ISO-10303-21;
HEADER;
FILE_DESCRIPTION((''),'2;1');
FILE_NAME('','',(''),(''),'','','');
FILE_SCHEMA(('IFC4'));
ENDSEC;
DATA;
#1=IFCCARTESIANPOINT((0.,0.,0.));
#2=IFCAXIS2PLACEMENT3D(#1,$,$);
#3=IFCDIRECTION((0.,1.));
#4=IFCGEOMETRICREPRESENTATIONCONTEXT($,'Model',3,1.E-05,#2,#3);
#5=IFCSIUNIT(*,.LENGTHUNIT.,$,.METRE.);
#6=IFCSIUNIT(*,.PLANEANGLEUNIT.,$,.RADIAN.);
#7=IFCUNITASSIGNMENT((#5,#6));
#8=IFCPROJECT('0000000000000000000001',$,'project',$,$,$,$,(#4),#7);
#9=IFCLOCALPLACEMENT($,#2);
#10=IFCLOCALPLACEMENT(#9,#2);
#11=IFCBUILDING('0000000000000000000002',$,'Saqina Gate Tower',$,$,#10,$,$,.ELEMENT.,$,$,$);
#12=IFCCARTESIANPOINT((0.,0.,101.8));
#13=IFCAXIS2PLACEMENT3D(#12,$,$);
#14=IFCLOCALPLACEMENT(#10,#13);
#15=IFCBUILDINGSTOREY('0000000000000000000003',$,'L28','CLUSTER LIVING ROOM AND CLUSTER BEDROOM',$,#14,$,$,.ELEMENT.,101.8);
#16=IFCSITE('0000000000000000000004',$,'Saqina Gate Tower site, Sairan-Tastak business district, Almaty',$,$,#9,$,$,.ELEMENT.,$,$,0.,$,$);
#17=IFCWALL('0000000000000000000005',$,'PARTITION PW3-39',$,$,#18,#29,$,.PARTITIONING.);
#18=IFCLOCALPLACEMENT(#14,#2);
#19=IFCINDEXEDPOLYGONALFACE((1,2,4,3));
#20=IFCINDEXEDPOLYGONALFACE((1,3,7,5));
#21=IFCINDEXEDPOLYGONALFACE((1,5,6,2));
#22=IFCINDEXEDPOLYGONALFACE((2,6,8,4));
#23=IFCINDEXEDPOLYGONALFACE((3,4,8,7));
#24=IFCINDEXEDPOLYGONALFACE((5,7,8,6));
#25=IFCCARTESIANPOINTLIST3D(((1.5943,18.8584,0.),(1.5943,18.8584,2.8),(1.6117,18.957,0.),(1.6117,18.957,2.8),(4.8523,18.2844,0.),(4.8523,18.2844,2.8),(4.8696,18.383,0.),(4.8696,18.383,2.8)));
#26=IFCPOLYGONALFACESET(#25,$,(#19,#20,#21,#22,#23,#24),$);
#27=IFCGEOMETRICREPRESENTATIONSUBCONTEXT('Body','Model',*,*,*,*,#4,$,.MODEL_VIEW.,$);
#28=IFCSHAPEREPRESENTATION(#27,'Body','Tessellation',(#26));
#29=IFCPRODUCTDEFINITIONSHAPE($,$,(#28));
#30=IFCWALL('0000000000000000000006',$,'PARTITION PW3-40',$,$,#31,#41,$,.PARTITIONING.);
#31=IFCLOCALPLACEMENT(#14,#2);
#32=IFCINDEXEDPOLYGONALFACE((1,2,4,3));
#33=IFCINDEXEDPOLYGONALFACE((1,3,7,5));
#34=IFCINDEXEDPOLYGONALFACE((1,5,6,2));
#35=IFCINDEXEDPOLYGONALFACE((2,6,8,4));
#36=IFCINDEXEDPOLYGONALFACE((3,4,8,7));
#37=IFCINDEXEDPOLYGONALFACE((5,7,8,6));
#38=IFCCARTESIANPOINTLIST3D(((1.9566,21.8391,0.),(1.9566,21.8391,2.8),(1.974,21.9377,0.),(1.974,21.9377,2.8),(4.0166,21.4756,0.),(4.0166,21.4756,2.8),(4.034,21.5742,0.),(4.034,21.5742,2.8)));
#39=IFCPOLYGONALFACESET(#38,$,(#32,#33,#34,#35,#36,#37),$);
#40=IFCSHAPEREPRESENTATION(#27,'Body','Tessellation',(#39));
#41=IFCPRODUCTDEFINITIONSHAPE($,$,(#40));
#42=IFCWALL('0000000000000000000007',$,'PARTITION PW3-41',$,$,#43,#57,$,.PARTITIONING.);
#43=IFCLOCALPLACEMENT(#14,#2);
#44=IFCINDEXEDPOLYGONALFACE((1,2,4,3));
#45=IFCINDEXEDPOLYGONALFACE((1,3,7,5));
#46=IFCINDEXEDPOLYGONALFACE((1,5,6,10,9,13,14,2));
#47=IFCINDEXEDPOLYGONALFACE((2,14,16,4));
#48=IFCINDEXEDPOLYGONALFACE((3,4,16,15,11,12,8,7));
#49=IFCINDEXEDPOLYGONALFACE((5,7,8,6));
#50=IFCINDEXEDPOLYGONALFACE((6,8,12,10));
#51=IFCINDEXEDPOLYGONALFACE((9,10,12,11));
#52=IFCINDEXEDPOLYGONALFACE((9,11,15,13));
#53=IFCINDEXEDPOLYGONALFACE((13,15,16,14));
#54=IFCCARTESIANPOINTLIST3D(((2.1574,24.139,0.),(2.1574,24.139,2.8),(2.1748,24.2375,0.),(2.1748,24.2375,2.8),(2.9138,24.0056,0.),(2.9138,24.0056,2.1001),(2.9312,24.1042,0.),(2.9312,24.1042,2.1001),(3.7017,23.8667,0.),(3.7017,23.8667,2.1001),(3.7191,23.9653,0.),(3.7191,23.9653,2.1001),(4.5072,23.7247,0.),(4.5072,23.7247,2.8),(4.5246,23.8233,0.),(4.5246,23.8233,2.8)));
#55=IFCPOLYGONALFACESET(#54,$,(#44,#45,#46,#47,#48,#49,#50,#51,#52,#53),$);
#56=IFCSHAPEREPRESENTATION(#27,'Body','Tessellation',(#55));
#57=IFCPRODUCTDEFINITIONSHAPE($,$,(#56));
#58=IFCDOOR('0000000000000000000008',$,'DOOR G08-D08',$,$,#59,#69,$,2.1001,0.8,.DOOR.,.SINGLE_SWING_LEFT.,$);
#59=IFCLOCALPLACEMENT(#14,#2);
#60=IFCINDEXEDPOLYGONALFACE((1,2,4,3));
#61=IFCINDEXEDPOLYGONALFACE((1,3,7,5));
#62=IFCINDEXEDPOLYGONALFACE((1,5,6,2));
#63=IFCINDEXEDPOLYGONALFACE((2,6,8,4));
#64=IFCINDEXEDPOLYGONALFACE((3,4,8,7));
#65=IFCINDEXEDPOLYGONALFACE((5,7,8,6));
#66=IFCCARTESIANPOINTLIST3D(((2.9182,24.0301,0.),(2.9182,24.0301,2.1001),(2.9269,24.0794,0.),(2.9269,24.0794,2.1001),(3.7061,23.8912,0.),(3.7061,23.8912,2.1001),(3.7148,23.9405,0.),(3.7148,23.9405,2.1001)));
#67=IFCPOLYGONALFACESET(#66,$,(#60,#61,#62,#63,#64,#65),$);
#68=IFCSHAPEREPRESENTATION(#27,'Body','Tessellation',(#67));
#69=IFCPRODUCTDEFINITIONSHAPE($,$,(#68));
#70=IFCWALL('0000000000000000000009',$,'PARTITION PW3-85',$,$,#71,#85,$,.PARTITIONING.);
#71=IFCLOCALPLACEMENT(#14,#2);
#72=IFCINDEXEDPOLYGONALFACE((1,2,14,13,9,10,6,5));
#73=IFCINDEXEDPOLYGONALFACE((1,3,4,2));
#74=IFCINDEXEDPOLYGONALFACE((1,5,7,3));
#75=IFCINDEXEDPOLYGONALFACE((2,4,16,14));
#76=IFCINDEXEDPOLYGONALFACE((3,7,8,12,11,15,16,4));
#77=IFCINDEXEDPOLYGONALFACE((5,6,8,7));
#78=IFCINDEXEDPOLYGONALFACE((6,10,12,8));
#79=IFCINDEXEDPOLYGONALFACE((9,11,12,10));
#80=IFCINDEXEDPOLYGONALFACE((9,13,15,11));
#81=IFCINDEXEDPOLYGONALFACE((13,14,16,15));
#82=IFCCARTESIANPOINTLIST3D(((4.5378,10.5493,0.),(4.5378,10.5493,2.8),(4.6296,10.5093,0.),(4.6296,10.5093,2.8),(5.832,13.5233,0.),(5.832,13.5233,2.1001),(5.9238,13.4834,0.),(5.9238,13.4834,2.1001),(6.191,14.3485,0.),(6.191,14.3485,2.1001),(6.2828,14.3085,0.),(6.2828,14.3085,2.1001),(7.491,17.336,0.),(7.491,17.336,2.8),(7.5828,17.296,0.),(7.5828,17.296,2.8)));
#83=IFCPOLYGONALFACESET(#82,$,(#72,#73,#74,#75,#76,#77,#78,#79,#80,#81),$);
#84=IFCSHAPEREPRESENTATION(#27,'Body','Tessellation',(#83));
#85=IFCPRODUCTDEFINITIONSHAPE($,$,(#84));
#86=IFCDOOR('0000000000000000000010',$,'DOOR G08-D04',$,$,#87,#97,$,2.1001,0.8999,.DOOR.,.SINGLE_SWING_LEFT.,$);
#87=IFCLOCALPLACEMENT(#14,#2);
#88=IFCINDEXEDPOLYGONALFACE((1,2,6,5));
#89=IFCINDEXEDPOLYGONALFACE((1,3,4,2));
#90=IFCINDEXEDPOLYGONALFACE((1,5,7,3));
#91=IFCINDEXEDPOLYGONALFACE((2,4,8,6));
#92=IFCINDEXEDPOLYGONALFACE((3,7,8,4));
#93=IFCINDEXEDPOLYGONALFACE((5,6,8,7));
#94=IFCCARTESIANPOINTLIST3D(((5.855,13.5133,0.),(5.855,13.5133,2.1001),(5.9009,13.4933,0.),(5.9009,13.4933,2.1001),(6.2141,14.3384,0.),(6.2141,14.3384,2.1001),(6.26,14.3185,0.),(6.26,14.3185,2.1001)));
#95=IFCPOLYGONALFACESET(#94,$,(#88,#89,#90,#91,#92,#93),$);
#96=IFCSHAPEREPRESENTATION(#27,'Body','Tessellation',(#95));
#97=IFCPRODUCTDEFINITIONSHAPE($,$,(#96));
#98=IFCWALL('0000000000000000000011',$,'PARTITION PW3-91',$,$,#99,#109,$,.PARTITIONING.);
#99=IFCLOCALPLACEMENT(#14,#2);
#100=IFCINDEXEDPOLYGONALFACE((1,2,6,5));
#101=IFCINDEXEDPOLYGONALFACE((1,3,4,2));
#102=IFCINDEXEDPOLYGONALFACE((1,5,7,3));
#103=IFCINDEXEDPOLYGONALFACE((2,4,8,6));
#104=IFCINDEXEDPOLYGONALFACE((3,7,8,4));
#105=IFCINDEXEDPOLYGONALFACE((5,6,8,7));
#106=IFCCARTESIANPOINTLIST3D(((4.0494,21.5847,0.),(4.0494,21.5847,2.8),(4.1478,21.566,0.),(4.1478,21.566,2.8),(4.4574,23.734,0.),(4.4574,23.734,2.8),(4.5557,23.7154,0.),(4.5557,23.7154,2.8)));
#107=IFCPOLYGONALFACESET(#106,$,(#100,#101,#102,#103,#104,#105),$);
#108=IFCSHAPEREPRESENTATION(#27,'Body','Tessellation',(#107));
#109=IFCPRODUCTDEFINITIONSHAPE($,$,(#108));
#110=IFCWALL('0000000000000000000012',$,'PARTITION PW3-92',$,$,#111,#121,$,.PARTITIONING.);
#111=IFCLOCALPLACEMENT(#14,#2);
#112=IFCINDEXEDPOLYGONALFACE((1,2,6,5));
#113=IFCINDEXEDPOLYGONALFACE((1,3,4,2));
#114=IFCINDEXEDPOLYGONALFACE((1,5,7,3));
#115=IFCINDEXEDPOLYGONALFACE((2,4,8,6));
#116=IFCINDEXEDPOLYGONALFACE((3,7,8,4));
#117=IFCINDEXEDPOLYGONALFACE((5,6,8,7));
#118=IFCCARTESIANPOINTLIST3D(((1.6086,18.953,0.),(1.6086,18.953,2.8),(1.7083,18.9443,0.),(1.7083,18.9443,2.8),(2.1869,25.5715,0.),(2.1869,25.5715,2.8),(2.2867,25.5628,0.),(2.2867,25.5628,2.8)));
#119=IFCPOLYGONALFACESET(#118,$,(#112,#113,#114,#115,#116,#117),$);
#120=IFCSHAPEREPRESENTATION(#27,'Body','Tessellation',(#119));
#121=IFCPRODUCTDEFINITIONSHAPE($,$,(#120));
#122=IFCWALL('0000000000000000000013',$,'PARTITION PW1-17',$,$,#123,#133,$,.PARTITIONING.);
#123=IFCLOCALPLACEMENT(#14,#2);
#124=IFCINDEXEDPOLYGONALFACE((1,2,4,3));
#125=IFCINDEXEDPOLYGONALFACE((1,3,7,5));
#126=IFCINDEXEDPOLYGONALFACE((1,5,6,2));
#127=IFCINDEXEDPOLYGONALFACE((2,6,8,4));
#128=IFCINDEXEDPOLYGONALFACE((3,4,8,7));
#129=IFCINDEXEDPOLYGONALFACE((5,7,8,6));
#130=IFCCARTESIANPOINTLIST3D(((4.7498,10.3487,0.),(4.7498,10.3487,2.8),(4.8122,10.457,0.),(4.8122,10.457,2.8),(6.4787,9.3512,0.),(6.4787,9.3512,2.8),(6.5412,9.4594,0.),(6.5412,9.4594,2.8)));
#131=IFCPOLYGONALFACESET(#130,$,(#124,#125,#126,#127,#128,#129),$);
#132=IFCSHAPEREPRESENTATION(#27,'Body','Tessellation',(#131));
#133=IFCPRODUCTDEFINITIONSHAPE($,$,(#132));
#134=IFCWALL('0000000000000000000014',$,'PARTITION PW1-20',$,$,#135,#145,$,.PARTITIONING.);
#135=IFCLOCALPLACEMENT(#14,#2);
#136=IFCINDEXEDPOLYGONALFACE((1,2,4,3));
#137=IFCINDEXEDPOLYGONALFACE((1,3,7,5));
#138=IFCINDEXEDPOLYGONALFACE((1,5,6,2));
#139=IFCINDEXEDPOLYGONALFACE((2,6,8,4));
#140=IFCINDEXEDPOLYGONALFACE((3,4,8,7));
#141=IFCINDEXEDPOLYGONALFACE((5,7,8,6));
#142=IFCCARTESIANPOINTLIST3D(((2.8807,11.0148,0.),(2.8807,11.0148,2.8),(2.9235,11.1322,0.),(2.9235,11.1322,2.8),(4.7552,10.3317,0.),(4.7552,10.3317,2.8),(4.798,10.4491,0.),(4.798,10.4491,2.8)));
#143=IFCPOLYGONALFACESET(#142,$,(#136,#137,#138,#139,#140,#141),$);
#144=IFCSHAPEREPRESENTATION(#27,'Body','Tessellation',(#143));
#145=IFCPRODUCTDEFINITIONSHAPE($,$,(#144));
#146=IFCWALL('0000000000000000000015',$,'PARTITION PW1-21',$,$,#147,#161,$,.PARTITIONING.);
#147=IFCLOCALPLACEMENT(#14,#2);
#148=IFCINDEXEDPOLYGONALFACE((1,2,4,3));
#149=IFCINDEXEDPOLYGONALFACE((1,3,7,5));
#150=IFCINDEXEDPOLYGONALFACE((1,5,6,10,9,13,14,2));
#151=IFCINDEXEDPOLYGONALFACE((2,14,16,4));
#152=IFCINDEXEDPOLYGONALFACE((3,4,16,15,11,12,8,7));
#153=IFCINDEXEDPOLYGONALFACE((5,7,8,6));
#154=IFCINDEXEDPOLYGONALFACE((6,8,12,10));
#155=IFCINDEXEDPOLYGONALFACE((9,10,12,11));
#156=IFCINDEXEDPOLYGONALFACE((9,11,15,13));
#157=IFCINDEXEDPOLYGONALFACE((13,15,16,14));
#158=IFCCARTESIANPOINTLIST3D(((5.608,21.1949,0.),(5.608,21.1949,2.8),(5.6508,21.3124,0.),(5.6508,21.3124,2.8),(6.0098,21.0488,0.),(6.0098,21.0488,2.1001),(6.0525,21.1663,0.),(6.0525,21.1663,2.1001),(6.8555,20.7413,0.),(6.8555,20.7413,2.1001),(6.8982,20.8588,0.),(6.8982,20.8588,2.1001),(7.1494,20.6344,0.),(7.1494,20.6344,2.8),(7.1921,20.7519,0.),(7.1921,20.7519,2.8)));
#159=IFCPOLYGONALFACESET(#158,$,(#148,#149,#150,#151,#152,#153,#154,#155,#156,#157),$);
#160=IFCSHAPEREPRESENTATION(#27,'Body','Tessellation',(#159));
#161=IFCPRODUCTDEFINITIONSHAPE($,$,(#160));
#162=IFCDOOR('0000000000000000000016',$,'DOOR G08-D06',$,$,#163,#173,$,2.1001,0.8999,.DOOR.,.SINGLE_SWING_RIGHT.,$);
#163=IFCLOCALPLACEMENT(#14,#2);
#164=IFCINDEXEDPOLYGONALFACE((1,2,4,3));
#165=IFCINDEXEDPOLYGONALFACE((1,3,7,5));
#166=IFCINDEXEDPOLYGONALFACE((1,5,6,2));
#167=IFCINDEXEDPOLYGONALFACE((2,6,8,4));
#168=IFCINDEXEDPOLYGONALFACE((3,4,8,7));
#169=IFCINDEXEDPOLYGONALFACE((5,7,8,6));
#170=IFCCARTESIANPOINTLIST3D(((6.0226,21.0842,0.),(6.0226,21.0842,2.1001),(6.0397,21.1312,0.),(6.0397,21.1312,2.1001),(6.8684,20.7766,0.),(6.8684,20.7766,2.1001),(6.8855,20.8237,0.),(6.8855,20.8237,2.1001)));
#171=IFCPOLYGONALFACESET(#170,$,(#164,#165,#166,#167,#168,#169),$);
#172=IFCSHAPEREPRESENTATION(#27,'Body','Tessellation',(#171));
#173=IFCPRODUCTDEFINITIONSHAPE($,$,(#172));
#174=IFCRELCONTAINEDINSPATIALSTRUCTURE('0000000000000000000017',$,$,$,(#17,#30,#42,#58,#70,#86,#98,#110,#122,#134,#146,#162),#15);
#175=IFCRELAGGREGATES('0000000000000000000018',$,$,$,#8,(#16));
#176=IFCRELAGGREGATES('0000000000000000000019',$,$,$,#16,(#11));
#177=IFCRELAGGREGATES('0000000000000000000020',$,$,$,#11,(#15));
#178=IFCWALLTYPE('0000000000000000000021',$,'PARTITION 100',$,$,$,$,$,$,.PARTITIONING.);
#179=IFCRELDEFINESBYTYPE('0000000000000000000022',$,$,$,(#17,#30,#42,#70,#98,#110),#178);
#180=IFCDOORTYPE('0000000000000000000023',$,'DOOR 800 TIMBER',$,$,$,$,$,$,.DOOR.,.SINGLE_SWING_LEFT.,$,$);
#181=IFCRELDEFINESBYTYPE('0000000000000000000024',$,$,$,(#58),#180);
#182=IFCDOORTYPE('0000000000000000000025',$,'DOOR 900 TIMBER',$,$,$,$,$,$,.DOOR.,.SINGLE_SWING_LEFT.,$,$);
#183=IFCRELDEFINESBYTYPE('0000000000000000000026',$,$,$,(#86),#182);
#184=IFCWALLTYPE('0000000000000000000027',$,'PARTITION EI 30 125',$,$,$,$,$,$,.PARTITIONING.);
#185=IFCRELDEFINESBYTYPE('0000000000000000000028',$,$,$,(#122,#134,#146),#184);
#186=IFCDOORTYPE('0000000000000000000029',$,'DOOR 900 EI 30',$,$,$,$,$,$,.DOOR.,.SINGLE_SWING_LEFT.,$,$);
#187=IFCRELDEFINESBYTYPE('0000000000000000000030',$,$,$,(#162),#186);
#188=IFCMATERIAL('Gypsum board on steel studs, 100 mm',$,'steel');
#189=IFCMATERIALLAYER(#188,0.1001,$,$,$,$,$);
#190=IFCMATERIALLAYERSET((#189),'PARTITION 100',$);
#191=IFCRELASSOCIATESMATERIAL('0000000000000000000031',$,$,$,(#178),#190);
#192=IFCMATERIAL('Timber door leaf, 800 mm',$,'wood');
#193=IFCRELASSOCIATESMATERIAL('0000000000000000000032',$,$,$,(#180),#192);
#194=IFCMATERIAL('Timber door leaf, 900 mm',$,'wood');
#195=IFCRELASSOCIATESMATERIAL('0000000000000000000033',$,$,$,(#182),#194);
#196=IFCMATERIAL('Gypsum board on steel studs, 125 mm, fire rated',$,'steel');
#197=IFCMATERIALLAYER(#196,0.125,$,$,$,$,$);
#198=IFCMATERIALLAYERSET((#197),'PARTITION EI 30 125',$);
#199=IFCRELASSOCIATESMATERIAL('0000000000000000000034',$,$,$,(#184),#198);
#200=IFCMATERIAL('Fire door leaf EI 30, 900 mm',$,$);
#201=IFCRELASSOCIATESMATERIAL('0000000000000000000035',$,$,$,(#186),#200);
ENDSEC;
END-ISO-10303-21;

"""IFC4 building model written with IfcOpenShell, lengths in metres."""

from ifc_helpers import new_model, si_unit, direction, frame, frame_2d, origin, place, context, subcontext, project, spatial, rectangle, extrude, material, layer, layer_set, type_object, element, fill, save


model = new_model("IFC4")

# Units and contexts
model_context = context("Model", 3, precision=1e-05, world=origin(), true_north=direction((0.0, 1.0)))
body_context = subcontext(model_context, "Body", "Model", "MODEL_VIEW")
ifc_project = project(units=[si_unit("LENGTHUNIT", "METRE"), si_unit("PLANEANGLEUNIT", "RADIAN")], contexts=[model_context])

# Site, building, storey
site_placement = place(None, origin())
site = spatial("IfcSite", under=ifc_project, at=site_placement, Name="Saqina Gate Tower site, Sairan-Tastak business district, Almaty", CompositionType="ELEMENT", RefElevation=0.0)
building_placement = place(site_placement, origin())
building = spatial("IfcBuilding", under=site, at=building_placement, Name="Saqina Gate Tower", CompositionType="ELEMENT")
storey_placement = place(building_placement, frame((0.0, 0.0, 101.8)))
storey = spatial("IfcBuildingStorey", under=building, at=storey_placement, Name="L28", Description="CLUSTER LIVING ROOM AND CLUSTER BEDROOM", CompositionType="ELEMENT", Elevation=101.8)

# Walls
ifc_material_1 = material(Name="Gypsum board on steel studs, 100 mm", Category="steel")
ifc_layer_1 = layer(ifc_material_1, 0.1001)
ifc_layer_set_1 = layer_set([ifc_layer_1], Name="PARTITION 100")
wall_type_1 = type_object("IfcWallType", Name="PARTITION 100", PredefinedType="PARTITIONING", material=ifc_layer_set_1)
wall_1_placement = place(storey_placement, frame((1.603, 18.9077, 0.0), z_axis=(0.0, 0.0, 1.0), x_axis=(0.984832, -0.173512, 0.0)))
element("IfcWall", 1, at=wall_1_placement, inside=storey, type_object=wall_type_1, Name="PARTITION PW3-39", PredefinedType="PARTITIONING", context=body_context, shape_type="SweptSolid", body=[
    extrude(rectangle(XDim=3.3081, YDim=0.1001, at=frame_2d((1.6541, 0.0))), origin(), (0.0, 0.0, 1.0), 2.8),
])
wall_2_placement = place(storey_placement, frame((1.9653, 21.8884, 0.0), z_axis=(0.0, 0.0, 1.0), x_axis=(0.984785, -0.173779, 0.0)))
element("IfcWall", 2, at=wall_2_placement, inside=storey, type_object=wall_type_1, Name="PARTITION PW3-40", PredefinedType="PARTITIONING", context=body_context, shape_type="SweptSolid", body=[
    extrude(rectangle(XDim=2.0918, YDim=0.1001, at=frame_2d((1.0459, 0.0))), origin(), (0.0, 0.0, 1.0), 2.8),
])

# Walls, openings, doors
wall_3_placement = place(storey_placement, frame((2.1663, 24.1882, 0.0), z_axis=(0.0, 0.0, 1.0), x_axis=(0.98481, -0.173634, 0.0)))
wall_3 = element("IfcWall", 3, at=wall_3_placement, inside=storey, type_object=wall_type_1, Name="PARTITION PW3-41", PredefinedType="PARTITIONING", context=body_context, shape_type="SweptSolid", body=[
    extrude(rectangle(XDim=2.386, YDim=0.1001, at=frame_2d((1.1929, 0.0))), origin(), (0.0, 0.0, 1.0), 2.8),
])
opening_1_placement = place(wall_3_placement, frame((0.7681, 0.0, 0.0)))
opening_1 = element("IfcOpeningElement", 4, at=opening_1_placement, cuts=wall_3, PredefinedType="OPENING", context=body_context, shape_type="SweptSolid", body=[
    extrude(rectangle(XDim=0.8, YDim=2.1001, at=frame_2d((0.3999, 1.05))), frame((0.0, 0.062, 0.0), z_axis=(0.0, -1.0, 0.0), x_axis=(1.0, 0.0, 0.0)), (0.0, 0.0, 1.0), 0.124),
])
ifc_material_2 = material(Name="Timber door leaf, 800 mm", Category="wood")
door_type_1 = type_object("IfcDoorType", Name="DOOR 800 TIMBER", OperationType="SINGLE_SWING_LEFT", PredefinedType="DOOR", material=ifc_material_2)
door_1_placement = place(opening_1_placement, origin())
door_1 = element("IfcDoor", 5, at=door_1_placement, inside=storey, type_object=door_type_1, Name="DOOR G08-D08", OperationType="SINGLE_SWING_LEFT", OverallHeight=2.1001, OverallWidth=0.8, PredefinedType="DOOR", context=body_context, shape_type="SweptSolid", body=[
    extrude(rectangle(XDim=0.8, YDim=2.1001, at=frame_2d((0.3999, 1.05))), frame((0.0, 0.0249, 0.0), z_axis=(0.0, -1.0, 0.0), x_axis=(1.0, 0.0, 0.0)), (0.0, 0.0, 1.0), 0.05),
])
fill(opening_1, door_1)
wall_4_placement = place(storey_placement, frame((4.5837, 10.5293, 0.0), z_axis=(0.0, 0.0, 1.0), x_axis=(0.399001, 0.91695, 0.0)))
wall_4 = element("IfcWall", 6, at=wall_4_placement, inside=storey, type_object=wall_type_1, Name="PARTITION PW3-85", PredefinedType="PARTITIONING", context=body_context, shape_type="SweptSolid", body=[
    extrude(rectangle(XDim=7.4014, YDim=0.1001, at=frame_2d((3.7007, 0.0))), origin(), (0.0, 0.0, 1.0), 2.8),
])
opening_2_placement = place(wall_4_placement, frame((3.2434, 0.0, 0.0)))
opening_2 = element("IfcOpeningElement", 7, at=opening_2_placement, cuts=wall_4, PredefinedType="OPENING", context=body_context, shape_type="SweptSolid", body=[
    extrude(rectangle(XDim=0.8999, YDim=2.1001, at=frame_2d((0.45, 1.05))), frame((0.0, 0.062, 0.0), z_axis=(0.0, -1.0, 0.0), x_axis=(1.0, 0.0, 0.0)), (0.0, 0.0, 1.0), 0.124),
])
ifc_material_3 = material(Name="Timber door leaf, 900 mm", Category="wood")
door_type_2 = type_object("IfcDoorType", Name="DOOR 900 TIMBER", OperationType="SINGLE_SWING_LEFT", PredefinedType="DOOR", material=ifc_material_3)
door_2_placement = place(opening_2_placement, origin())
door_2 = element("IfcDoor", 8, at=door_2_placement, inside=storey, type_object=door_type_2, Name="DOOR G08-D04", OperationType="SINGLE_SWING_LEFT", OverallHeight=2.1001, OverallWidth=0.8999, PredefinedType="DOOR", context=body_context, shape_type="SweptSolid", body=[
    extrude(rectangle(XDim=0.8999, YDim=2.1001, at=frame_2d((0.45, 1.05))), frame((0.0, 0.0249, 0.0), z_axis=(0.0, -1.0, 0.0), x_axis=(1.0, 0.0, 0.0)), (0.0, 0.0, 1.0), 0.05),
])
fill(opening_2, door_2)

# Walls
wall_5_placement = place(storey_placement, frame((4.0986, 21.5754, 0.0), z_axis=(0.0, 0.0, 1.0), x_axis=(0.186471, 0.98246, 0.0)))
element("IfcWall", 9, at=wall_5_placement, inside=storey, type_object=wall_type_1, Name="PARTITION PW3-91", PredefinedType="PARTITIONING", context=body_context, shape_type="SweptSolid", body=[
    extrude(rectangle(XDim=2.1877, YDim=0.1001, at=frame_2d((1.0938, 0.0))), origin(), (0.0, 0.0, 1.0), 2.8),
])
wall_6_placement = place(storey_placement, frame((1.6584, 18.9487, 0.0), z_axis=(0.0, 0.0, 1.0), x_axis=(0.087053, 0.996204, 0.0)))
element("IfcWall", 10, at=wall_6_placement, inside=storey, type_object=wall_type_1, Name="PARTITION PW3-92", PredefinedType="PARTITIONING", context=body_context, shape_type="SweptSolid", body=[
    extrude(rectangle(XDim=6.6438, YDim=0.1001, at=frame_2d((3.3218, 0.0))), origin(), (0.0, 0.0, 1.0), 2.8),
])
ifc_material_4 = material(Name="Gypsum board on steel studs, 125 mm, fire rated", Category="steel")
ifc_layer_2 = layer(ifc_material_4, 0.125)
ifc_layer_set_2 = layer_set([ifc_layer_2], Name="PARTITION EI 30 125")
wall_type_2 = type_object("IfcWallType", Name="PARTITION EI 30 125", PredefinedType="PARTITIONING", material=ifc_layer_set_2)
wall_7_placement = place(storey_placement, frame((4.781, 10.4028, 0.0), z_axis=(0.0, 0.0, 1.0), x_axis=(0.866173, -0.499744, 0.0)))
element("IfcWall", 11, at=wall_7_placement, inside=storey, type_object=wall_type_2, Name="PARTITION PW1-17", PredefinedType="PARTITIONING", context=body_context, shape_type="SweptSolid", body=[
    extrude(rectangle(XDim=1.9961, YDim=0.125, at=frame_2d((0.998, 0.0))), origin(), (0.0, 0.0, 1.0), 2.8),
])
wall_8_placement = place(storey_placement, frame((2.9021, 11.0735, 0.0), z_axis=(0.0, 0.0, 1.0), x_axis=(0.939557, -0.342391, 0.0)))
element("IfcWall", 12, at=wall_8_placement, inside=storey, type_object=wall_type_2, Name="PARTITION PW1-20", PredefinedType="PARTITIONING", context=body_context, shape_type="SweptSolid", body=[
    extrude(rectangle(XDim=1.9951, YDim=0.125, at=frame_2d((0.9976, 0.0))), origin(), (0.0, 0.0, 1.0), 2.8),
])

# Wall, opening, door
wall_9_placement = place(storey_placement, frame((5.6294, 21.2537, 0.0), z_axis=(0.0, 0.0, 1.0), x_axis=(0.939793, -0.341743, 0.0)))
wall_9 = element("IfcWall", 13, at=wall_9_placement, inside=storey, type_object=wall_type_2, Name="PARTITION PW1-21", PredefinedType="PARTITIONING", context=body_context, shape_type="SweptSolid", body=[
    extrude(rectangle(XDim=1.6401, YDim=0.125, at=frame_2d((0.8201, 0.0))), origin(), (0.0, 0.0, 1.0), 2.8),
])
opening_3_placement = place(wall_9_placement, frame((0.4275, 0.0, 0.0)))
opening_3 = element("IfcOpeningElement", 14, at=opening_3_placement, cuts=wall_9, PredefinedType="OPENING", context=body_context, shape_type="SweptSolid", body=[
    extrude(rectangle(XDim=0.8999, YDim=2.1001, at=frame_2d((0.45, 1.05))), frame((0.0, 0.0745, 0.0), z_axis=(0.0, -1.0, 0.0), x_axis=(1.0, 0.0, 0.0)), (0.0, 0.0, 1.0), 0.1489),
])
ifc_material_5 = material(Name="Fire door leaf EI 30, 900 mm")
door_type_3 = type_object("IfcDoorType", Name="DOOR 900 EI 30", OperationType="SINGLE_SWING_LEFT", PredefinedType="DOOR", material=ifc_material_5)
door_3_placement = place(opening_3_placement, frame((0.8999, 0.0, 0.0), z_axis=(0.0, 0.0, 1.0), x_axis=(-1.0, 0.0, 0.0)))
door_3 = element("IfcDoor", 15, at=door_3_placement, inside=storey, type_object=door_type_3, Name="DOOR G08-D06", OperationType="SINGLE_SWING_RIGHT", OverallHeight=2.1001, OverallWidth=0.8999, PredefinedType="DOOR", context=body_context, shape_type="SweptSolid", body=[
    extrude(rectangle(XDim=0.8999, YDim=2.1001, at=frame_2d((0.45, 1.05))), frame((0.0, 0.0249, 0.0), z_axis=(0.0, -1.0, 0.0), x_axis=(1.0, 0.0, 0.0)), (0.0, 0.0, 1.0), 0.05),
])
fill(opening_3, door_3)

save(model, "model.ifc")
